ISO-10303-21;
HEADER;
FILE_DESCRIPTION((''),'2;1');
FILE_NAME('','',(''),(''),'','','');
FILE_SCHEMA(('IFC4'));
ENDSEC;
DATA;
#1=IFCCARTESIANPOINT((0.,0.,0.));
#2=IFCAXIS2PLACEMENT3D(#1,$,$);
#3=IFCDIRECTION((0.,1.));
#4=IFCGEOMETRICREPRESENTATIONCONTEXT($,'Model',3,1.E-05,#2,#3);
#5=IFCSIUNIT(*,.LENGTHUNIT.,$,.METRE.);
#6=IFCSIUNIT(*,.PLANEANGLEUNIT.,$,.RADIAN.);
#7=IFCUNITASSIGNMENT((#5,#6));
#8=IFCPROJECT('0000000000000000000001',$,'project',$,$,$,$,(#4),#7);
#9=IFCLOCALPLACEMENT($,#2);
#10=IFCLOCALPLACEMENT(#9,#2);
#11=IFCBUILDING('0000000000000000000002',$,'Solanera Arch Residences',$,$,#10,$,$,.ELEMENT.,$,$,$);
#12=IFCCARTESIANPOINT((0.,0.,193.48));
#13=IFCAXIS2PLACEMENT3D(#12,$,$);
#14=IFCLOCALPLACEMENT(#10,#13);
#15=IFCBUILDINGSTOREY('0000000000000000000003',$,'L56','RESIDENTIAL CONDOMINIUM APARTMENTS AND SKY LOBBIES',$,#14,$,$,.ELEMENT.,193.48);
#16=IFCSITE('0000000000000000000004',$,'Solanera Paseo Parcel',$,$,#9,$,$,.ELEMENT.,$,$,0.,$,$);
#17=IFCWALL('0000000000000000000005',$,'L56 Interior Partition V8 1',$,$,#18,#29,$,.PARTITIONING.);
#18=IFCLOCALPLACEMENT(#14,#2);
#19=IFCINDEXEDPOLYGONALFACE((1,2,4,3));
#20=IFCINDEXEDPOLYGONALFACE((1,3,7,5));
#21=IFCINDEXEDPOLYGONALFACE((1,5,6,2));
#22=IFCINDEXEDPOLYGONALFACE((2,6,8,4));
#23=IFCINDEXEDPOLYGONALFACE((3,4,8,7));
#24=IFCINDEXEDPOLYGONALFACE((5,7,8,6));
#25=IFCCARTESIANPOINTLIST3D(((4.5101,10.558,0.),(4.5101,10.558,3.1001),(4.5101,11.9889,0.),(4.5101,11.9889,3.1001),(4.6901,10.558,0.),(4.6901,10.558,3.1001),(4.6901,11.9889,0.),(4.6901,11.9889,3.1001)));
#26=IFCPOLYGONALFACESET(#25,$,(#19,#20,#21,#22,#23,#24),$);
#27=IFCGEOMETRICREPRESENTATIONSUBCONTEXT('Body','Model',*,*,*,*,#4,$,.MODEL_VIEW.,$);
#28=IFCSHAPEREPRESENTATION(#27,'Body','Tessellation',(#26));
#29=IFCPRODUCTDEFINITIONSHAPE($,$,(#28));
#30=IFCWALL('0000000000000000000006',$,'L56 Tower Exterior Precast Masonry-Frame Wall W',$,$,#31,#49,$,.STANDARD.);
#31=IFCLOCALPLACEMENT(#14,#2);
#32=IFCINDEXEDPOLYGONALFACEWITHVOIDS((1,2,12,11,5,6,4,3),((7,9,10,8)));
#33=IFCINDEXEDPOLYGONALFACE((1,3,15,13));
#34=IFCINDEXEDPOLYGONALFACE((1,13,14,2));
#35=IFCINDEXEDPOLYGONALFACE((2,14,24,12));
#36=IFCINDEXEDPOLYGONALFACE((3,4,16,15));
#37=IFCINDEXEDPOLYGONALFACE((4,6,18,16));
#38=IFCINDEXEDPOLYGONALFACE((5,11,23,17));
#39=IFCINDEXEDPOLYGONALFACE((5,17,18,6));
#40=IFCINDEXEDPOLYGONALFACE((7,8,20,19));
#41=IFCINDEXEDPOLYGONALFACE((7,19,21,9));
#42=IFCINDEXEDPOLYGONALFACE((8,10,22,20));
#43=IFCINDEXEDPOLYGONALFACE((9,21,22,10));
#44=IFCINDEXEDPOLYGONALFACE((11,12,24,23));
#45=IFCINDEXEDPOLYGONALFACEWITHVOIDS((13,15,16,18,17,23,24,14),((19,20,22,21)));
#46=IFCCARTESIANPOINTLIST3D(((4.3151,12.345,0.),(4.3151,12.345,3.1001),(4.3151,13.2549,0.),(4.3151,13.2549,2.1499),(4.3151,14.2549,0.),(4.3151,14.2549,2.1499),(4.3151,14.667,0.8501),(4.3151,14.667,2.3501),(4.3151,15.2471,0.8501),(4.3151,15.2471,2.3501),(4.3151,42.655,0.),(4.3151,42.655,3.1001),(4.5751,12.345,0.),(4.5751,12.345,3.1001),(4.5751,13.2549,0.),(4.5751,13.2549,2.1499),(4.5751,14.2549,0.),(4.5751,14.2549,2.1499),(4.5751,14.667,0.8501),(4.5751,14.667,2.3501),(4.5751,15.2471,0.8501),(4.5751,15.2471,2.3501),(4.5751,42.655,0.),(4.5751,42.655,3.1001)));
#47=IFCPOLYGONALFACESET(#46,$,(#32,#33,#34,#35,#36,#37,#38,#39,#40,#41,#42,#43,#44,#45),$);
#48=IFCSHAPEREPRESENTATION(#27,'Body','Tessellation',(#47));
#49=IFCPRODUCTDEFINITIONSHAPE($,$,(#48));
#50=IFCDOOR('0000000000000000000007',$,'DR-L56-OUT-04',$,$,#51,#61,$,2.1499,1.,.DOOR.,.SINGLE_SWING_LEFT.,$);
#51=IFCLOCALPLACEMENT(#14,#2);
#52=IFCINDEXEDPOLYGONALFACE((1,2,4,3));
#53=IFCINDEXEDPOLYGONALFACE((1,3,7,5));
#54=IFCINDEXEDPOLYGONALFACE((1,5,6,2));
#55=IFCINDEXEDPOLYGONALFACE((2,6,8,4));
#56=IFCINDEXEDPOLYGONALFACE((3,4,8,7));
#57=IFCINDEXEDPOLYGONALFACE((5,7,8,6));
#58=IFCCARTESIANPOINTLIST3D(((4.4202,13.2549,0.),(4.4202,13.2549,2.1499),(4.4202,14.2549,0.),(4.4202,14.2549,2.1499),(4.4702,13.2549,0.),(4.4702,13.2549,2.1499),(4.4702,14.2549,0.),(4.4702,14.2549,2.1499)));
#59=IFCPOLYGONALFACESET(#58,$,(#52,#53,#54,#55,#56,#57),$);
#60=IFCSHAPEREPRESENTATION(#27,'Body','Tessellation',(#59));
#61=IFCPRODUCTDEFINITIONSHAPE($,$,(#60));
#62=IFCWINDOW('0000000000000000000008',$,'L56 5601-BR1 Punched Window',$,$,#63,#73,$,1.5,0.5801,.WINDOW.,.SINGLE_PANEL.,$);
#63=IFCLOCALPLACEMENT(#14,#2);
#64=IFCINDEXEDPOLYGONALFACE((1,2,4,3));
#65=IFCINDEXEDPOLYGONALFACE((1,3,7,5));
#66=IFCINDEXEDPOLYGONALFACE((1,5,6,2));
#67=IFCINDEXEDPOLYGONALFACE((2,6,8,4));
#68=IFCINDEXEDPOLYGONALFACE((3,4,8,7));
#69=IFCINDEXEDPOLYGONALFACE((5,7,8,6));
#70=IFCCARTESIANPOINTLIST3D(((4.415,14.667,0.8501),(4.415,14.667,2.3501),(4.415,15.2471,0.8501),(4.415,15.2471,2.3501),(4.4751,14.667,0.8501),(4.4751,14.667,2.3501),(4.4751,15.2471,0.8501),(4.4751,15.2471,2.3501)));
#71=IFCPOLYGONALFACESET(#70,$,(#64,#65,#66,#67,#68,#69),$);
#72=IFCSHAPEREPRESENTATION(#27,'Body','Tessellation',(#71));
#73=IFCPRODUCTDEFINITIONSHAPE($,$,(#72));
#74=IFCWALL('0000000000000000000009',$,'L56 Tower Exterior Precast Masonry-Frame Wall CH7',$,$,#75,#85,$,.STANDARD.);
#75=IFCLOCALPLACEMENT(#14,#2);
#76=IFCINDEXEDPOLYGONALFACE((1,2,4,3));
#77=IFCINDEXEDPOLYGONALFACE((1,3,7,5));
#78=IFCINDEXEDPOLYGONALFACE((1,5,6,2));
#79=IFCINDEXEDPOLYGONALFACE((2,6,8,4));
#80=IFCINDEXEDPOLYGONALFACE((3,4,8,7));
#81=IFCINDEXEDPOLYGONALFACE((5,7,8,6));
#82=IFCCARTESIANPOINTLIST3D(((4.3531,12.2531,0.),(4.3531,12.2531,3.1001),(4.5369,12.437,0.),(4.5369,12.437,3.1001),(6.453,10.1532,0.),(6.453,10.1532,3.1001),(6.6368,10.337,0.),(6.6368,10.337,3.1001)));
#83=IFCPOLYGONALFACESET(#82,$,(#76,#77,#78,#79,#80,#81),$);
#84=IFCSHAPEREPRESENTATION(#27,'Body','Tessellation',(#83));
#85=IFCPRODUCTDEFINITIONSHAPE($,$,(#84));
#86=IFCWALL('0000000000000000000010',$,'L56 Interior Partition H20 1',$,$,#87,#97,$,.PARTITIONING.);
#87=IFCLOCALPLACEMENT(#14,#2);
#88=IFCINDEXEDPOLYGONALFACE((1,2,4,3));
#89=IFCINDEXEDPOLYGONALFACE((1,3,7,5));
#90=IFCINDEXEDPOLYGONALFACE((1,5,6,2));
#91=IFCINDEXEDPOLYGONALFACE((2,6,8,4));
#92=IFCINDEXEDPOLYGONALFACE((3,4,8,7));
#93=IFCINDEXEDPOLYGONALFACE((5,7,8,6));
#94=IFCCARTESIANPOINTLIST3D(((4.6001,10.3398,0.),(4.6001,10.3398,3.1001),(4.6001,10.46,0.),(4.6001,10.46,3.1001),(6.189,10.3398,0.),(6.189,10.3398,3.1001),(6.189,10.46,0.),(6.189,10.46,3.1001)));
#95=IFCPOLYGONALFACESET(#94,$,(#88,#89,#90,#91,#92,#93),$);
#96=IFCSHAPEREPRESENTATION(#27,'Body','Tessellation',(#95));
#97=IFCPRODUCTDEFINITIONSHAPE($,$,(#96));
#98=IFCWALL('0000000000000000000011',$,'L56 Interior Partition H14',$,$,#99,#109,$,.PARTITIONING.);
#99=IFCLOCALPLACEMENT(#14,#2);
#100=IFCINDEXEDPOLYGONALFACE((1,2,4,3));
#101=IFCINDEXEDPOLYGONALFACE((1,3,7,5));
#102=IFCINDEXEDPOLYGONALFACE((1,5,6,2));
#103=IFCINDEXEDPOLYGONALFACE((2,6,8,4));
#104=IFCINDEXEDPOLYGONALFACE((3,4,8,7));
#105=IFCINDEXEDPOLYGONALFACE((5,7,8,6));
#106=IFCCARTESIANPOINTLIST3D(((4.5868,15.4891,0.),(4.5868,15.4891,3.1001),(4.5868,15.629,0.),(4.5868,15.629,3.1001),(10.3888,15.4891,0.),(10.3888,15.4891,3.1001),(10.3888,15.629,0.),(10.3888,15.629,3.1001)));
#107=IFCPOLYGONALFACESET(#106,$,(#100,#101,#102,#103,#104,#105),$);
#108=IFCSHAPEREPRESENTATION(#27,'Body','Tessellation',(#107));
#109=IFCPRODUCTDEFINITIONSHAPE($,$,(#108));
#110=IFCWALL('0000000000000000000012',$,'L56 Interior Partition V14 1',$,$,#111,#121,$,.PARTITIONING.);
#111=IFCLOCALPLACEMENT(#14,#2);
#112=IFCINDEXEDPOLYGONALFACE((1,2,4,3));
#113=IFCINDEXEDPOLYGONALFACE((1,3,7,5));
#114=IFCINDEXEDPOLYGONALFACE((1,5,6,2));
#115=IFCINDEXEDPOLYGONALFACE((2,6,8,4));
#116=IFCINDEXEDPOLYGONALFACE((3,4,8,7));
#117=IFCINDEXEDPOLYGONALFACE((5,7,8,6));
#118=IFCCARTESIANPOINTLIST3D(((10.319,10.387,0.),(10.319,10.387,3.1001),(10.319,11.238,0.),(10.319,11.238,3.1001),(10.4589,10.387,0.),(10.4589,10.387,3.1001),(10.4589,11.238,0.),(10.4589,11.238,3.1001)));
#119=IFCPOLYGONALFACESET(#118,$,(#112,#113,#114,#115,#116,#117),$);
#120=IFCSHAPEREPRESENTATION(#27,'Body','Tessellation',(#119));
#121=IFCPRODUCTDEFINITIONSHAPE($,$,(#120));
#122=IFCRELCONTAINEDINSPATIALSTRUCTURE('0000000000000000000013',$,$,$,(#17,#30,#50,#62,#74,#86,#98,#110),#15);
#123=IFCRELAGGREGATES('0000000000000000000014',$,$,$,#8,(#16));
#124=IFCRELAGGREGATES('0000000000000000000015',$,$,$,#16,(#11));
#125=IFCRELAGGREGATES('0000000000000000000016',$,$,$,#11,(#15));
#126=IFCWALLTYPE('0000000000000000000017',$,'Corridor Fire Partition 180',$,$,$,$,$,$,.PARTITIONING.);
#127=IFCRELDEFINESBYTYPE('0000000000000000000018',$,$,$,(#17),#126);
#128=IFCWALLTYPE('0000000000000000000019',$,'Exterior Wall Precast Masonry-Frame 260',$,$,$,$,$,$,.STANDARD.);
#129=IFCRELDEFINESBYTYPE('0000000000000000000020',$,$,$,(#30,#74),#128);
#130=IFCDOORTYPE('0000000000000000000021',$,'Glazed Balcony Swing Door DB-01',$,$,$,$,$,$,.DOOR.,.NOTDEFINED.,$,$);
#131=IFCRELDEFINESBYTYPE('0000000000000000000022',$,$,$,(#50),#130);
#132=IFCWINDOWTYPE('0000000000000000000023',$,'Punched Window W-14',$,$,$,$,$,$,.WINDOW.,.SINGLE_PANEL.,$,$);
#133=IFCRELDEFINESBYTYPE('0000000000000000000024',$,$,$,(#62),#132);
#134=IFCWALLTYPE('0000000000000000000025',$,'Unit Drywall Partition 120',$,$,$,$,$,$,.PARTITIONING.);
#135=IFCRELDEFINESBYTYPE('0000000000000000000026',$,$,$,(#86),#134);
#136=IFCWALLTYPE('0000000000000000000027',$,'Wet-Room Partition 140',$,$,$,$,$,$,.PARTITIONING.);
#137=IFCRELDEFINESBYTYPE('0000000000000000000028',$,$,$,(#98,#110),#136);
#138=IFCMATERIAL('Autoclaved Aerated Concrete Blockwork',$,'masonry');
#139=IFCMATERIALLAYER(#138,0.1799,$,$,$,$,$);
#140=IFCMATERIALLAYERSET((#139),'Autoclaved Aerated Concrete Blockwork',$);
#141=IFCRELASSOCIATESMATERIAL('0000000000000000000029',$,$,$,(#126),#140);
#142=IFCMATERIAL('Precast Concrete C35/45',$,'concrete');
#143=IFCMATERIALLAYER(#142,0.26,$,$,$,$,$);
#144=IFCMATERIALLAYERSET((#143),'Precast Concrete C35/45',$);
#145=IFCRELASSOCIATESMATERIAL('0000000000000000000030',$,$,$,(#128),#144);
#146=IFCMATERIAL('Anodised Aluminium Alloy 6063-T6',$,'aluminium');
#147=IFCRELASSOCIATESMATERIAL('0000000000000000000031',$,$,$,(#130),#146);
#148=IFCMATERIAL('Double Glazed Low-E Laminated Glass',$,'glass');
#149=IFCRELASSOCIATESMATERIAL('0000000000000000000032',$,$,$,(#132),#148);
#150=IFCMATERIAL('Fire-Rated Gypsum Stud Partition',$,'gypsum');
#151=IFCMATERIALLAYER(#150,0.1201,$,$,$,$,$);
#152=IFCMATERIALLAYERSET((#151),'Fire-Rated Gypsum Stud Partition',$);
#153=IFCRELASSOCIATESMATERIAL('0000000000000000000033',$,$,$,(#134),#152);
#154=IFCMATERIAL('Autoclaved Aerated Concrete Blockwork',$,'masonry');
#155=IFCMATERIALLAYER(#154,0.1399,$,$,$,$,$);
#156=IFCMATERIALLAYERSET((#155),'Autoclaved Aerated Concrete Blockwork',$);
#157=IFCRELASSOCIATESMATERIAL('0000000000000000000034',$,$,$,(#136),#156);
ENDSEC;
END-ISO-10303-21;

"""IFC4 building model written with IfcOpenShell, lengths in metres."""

from ifc_helpers import new_model, si_unit, direction, frame, frame_2d, origin, place, context, subcontext, project, spatial, rectangle, extrude, material, layer, layer_set, type_object, element, fill, save


model = new_model("IFC4")

# Units and contexts
model_context = context("Model", 3, precision=1e-05, world=origin(), true_north=direction((0.0, 1.0)))
body_context = subcontext(model_context, "Body", "Model", "MODEL_VIEW")
ifc_project = project(units=[si_unit("LENGTHUNIT", "METRE"), si_unit("PLANEANGLEUNIT", "RADIAN")], contexts=[model_context])

# Site, building, storey
site_placement = place(None, origin())
site = spatial("IfcSite", under=ifc_project, at=site_placement, Name="Solanera Paseo Parcel", CompositionType="ELEMENT", RefElevation=0.0)
building_placement = place(site_placement, origin())
building = spatial("IfcBuilding", under=site, at=building_placement, Name="Solanera Arch Residences", CompositionType="ELEMENT")
storey_placement = place(building_placement, frame((0.0, 0.0, 193.48)))
storey = spatial("IfcBuildingStorey", under=building, at=storey_placement, Name="L56", Description="RESIDENTIAL CONDOMINIUM APARTMENTS AND SKY LOBBIES", CompositionType="ELEMENT", Elevation=193.48)

# Wall
ifc_material_1 = material(Name="Autoclaved Aerated Concrete Blockwork", Category="masonry")
ifc_layer_1 = layer(ifc_material_1, 0.1799)
ifc_layer_set_1 = layer_set([ifc_layer_1], Name="Autoclaved Aerated Concrete Blockwork")
wall_type_1 = type_object("IfcWallType", Name="Corridor Fire Partition 180", PredefinedType="PARTITIONING", material=ifc_layer_set_1)
wall_1_placement = place(storey_placement, frame((4.6001, 10.5581, 0.0), z_axis=(0.0, 0.0, 1.0), x_axis=(0.0, 1.0, 0.0)))
element("IfcWall", 1, at=wall_1_placement, inside=storey, type_object=wall_type_1, Name="L56 Interior Partition V8 1", PredefinedType="PARTITIONING", context=body_context, shape_type="SweptSolid", body=[
    extrude(rectangle(XDim=1.4309, YDim=0.1799, at=frame_2d((0.7153, 0.0))), origin(), (0.0, 0.0, 1.0), 3.1001),
])

# Wall, openings, door, window
ifc_material_2 = material(Name="Precast Concrete C35/45", Category="concrete")
ifc_layer_2 = layer(ifc_material_2, 0.26)
ifc_layer_set_2 = layer_set([ifc_layer_2], Name="Precast Concrete C35/45")
wall_type_2 = type_object("IfcWallType", Name="Exterior Wall Precast Masonry-Frame 260", PredefinedType="STANDARD", material=ifc_layer_set_2)
wall_2_placement = place(storey_placement, frame((4.4451, 12.345, 0.0), z_axis=(0.0, 0.0, 1.0), x_axis=(0.0, 1.0, 0.0)))
wall_2 = element("IfcWall", 2, at=wall_2_placement, inside=storey, type_object=wall_type_2, Name="L56 Tower Exterior Precast Masonry-Frame Wall W", PredefinedType="STANDARD", context=body_context, shape_type="SweptSolid", body=[
    extrude(rectangle(XDim=30.3101, YDim=0.26, at=frame_2d((15.155, 0.0))), origin(), (0.0, 0.0, 1.0), 3.1001),
])
opening_1_placement = place(wall_2_placement, frame((0.9099, 0.0, 0.0)))
opening_1 = element("IfcOpeningElement", 3, at=opening_1_placement, cuts=wall_2, PredefinedType="OPENING", context=body_context, shape_type="SweptSolid", body=[
    extrude(rectangle(XDim=1.0, YDim=2.1499, at=frame_2d((0.5, 1.075))), frame((0.0, 0.1399, 0.0), z_axis=(0.0, -1.0, 0.0), x_axis=(1.0, 0.0, 0.0)), (0.0, 0.0, 1.0), 0.28),
])
opening_2_placement = place(wall_2_placement, frame((2.322, 0.0, 0.8501)))
opening_2 = element("IfcOpeningElement", 4, at=opening_2_placement, cuts=wall_2, PredefinedType="OPENING", context=body_context, shape_type="SweptSolid", body=[
    extrude(rectangle(XDim=0.5801, YDim=1.5, at=frame_2d((0.29, 0.75))), frame((0.0, 0.1399, 0.0), z_axis=(0.0, -1.0, 0.0), x_axis=(1.0, 0.0, 0.0)), (0.0, 0.0, 1.0), 0.28),
])
ifc_material_3 = material(Name="Anodised Aluminium Alloy 6063-T6", Category="aluminium")
door_type = type_object("IfcDoorType", Name="Glazed Balcony Swing Door DB-01", OperationType="NOTDEFINED", PredefinedType="DOOR", material=ifc_material_3)
door_placement = place(opening_1_placement, origin())
door = element("IfcDoor", 5, at=door_placement, inside=storey, type_object=door_type, Name="DR-L56-OUT-04", OperationType="SINGLE_SWING_LEFT", OverallHeight=2.1499, OverallWidth=1.0, PredefinedType="DOOR", context=body_context, shape_type="SweptSolid", body=[
    extrude(rectangle(XDim=1.0, YDim=2.1499, at=frame_2d((0.5, 1.075))), frame((0.0, 0.0249, 0.0), z_axis=(0.0, -1.0, 0.0), x_axis=(1.0, 0.0, 0.0)), (0.0, 0.0, 1.0), 0.05),
])
fill(opening_1, door)
ifc_material_4 = material(Name="Double Glazed Low-E Laminated Glass", Category="glass")
window_type = type_object("IfcWindowType", Name="Punched Window W-14", PartitioningType="SINGLE_PANEL", PredefinedType="WINDOW", material=ifc_material_4)
window_placement = place(opening_2_placement, origin())
window = element("IfcWindow", 6, at=window_placement, inside=storey, type_object=window_type, Name="L56 5601-BR1 Punched Window", OverallHeight=1.5, OverallWidth=0.5801, PartitioningType="SINGLE_PANEL", PredefinedType="WINDOW", context=body_context, shape_type="SweptSolid", body=[
    extrude(rectangle(XDim=0.5801, YDim=1.5, at=frame_2d((0.29, 0.75))), frame((0.0, 0.03, 0.0), z_axis=(0.0, -1.0, 0.0), x_axis=(1.0, 0.0, 0.0)), (0.0, 0.0, 1.0), 0.0601),
])
fill(opening_2, window)

# Walls
wall_3_placement = place(storey_placement, frame((6.5449, 10.2451, 0.0), z_axis=(0.0, 0.0, 1.0), x_axis=(-0.707107, 0.707107, 0.0)))
element("IfcWall", 7, at=wall_3_placement, inside=storey, type_object=wall_type_2, Name="L56 Tower Exterior Precast Masonry-Frame Wall CH7", PredefinedType="STANDARD", context=body_context, shape_type="SweptSolid", body=[
    extrude(rectangle(XDim=2.9697, YDim=0.26, at=frame_2d((1.4849, 0.0))), origin(), (0.0, 0.0, 1.0), 3.1001),
])
ifc_material_5 = material(Name="Fire-Rated Gypsum Stud Partition", Category="gypsum")
ifc_layer_3 = layer(ifc_material_5, 0.1201)
ifc_layer_set_3 = layer_set([ifc_layer_3], Name="Fire-Rated Gypsum Stud Partition")
wall_type_3 = type_object("IfcWallType", Name="Unit Drywall Partition 120", PredefinedType="PARTITIONING", material=ifc_layer_set_3)
wall_4_placement = place(storey_placement, frame((4.6001, 10.3999, 0.0), z_axis=(0.0, 0.0, 1.0), x_axis=(1.0, 0.0, 0.0)))
element("IfcWall", 8, at=wall_4_placement, inside=storey, type_object=wall_type_3, Name="L56 Interior Partition H20 1", PredefinedType="PARTITIONING", context=body_context, shape_type="SweptSolid", body=[
    extrude(rectangle(XDim=1.5889, YDim=0.1201, at=frame_2d((0.7944, 0.0))), origin(), (0.0, 0.0, 1.0), 3.1001),
])
ifc_material_6 = material(Name="Autoclaved Aerated Concrete Blockwork", Category="masonry")
ifc_layer_4 = layer(ifc_material_6, 0.1399)
ifc_layer_set_4 = layer_set([ifc_layer_4], Name="Autoclaved Aerated Concrete Blockwork")
wall_type_4 = type_object("IfcWallType", Name="Wet-Room Partition 140", PredefinedType="PARTITIONING", material=ifc_layer_set_4)
wall_5_placement = place(storey_placement, frame((4.5869, 15.5591, 0.0), z_axis=(0.0, 0.0, 1.0), x_axis=(1.0, 0.0, 0.0)))
element("IfcWall", 9, at=wall_5_placement, inside=storey, type_object=wall_type_4, Name="L56 Interior Partition H14", PredefinedType="PARTITIONING", context=body_context, shape_type="SweptSolid", body=[
    extrude(rectangle(XDim=5.802, YDim=0.1399, at=frame_2d((2.9009, 0.0))), origin(), (0.0, 0.0, 1.0), 3.1001),
])
wall_6_placement = place(storey_placement, frame((10.3889, 10.387, 0.0), z_axis=(0.0, 0.0, 1.0), x_axis=(0.0, 1.0, 0.0)))
element("IfcWall", 10, at=wall_6_placement, inside=storey, type_object=wall_type_4, Name="L56 Interior Partition V14 1", PredefinedType="PARTITIONING", context=body_context, shape_type="SweptSolid", body=[
    extrude(rectangle(XDim=0.8511, YDim=0.1399, at=frame_2d((0.4255, 0.0))), origin(), (0.0, 0.0, 1.0), 3.1001),
])

save(model, "model.ifc")
